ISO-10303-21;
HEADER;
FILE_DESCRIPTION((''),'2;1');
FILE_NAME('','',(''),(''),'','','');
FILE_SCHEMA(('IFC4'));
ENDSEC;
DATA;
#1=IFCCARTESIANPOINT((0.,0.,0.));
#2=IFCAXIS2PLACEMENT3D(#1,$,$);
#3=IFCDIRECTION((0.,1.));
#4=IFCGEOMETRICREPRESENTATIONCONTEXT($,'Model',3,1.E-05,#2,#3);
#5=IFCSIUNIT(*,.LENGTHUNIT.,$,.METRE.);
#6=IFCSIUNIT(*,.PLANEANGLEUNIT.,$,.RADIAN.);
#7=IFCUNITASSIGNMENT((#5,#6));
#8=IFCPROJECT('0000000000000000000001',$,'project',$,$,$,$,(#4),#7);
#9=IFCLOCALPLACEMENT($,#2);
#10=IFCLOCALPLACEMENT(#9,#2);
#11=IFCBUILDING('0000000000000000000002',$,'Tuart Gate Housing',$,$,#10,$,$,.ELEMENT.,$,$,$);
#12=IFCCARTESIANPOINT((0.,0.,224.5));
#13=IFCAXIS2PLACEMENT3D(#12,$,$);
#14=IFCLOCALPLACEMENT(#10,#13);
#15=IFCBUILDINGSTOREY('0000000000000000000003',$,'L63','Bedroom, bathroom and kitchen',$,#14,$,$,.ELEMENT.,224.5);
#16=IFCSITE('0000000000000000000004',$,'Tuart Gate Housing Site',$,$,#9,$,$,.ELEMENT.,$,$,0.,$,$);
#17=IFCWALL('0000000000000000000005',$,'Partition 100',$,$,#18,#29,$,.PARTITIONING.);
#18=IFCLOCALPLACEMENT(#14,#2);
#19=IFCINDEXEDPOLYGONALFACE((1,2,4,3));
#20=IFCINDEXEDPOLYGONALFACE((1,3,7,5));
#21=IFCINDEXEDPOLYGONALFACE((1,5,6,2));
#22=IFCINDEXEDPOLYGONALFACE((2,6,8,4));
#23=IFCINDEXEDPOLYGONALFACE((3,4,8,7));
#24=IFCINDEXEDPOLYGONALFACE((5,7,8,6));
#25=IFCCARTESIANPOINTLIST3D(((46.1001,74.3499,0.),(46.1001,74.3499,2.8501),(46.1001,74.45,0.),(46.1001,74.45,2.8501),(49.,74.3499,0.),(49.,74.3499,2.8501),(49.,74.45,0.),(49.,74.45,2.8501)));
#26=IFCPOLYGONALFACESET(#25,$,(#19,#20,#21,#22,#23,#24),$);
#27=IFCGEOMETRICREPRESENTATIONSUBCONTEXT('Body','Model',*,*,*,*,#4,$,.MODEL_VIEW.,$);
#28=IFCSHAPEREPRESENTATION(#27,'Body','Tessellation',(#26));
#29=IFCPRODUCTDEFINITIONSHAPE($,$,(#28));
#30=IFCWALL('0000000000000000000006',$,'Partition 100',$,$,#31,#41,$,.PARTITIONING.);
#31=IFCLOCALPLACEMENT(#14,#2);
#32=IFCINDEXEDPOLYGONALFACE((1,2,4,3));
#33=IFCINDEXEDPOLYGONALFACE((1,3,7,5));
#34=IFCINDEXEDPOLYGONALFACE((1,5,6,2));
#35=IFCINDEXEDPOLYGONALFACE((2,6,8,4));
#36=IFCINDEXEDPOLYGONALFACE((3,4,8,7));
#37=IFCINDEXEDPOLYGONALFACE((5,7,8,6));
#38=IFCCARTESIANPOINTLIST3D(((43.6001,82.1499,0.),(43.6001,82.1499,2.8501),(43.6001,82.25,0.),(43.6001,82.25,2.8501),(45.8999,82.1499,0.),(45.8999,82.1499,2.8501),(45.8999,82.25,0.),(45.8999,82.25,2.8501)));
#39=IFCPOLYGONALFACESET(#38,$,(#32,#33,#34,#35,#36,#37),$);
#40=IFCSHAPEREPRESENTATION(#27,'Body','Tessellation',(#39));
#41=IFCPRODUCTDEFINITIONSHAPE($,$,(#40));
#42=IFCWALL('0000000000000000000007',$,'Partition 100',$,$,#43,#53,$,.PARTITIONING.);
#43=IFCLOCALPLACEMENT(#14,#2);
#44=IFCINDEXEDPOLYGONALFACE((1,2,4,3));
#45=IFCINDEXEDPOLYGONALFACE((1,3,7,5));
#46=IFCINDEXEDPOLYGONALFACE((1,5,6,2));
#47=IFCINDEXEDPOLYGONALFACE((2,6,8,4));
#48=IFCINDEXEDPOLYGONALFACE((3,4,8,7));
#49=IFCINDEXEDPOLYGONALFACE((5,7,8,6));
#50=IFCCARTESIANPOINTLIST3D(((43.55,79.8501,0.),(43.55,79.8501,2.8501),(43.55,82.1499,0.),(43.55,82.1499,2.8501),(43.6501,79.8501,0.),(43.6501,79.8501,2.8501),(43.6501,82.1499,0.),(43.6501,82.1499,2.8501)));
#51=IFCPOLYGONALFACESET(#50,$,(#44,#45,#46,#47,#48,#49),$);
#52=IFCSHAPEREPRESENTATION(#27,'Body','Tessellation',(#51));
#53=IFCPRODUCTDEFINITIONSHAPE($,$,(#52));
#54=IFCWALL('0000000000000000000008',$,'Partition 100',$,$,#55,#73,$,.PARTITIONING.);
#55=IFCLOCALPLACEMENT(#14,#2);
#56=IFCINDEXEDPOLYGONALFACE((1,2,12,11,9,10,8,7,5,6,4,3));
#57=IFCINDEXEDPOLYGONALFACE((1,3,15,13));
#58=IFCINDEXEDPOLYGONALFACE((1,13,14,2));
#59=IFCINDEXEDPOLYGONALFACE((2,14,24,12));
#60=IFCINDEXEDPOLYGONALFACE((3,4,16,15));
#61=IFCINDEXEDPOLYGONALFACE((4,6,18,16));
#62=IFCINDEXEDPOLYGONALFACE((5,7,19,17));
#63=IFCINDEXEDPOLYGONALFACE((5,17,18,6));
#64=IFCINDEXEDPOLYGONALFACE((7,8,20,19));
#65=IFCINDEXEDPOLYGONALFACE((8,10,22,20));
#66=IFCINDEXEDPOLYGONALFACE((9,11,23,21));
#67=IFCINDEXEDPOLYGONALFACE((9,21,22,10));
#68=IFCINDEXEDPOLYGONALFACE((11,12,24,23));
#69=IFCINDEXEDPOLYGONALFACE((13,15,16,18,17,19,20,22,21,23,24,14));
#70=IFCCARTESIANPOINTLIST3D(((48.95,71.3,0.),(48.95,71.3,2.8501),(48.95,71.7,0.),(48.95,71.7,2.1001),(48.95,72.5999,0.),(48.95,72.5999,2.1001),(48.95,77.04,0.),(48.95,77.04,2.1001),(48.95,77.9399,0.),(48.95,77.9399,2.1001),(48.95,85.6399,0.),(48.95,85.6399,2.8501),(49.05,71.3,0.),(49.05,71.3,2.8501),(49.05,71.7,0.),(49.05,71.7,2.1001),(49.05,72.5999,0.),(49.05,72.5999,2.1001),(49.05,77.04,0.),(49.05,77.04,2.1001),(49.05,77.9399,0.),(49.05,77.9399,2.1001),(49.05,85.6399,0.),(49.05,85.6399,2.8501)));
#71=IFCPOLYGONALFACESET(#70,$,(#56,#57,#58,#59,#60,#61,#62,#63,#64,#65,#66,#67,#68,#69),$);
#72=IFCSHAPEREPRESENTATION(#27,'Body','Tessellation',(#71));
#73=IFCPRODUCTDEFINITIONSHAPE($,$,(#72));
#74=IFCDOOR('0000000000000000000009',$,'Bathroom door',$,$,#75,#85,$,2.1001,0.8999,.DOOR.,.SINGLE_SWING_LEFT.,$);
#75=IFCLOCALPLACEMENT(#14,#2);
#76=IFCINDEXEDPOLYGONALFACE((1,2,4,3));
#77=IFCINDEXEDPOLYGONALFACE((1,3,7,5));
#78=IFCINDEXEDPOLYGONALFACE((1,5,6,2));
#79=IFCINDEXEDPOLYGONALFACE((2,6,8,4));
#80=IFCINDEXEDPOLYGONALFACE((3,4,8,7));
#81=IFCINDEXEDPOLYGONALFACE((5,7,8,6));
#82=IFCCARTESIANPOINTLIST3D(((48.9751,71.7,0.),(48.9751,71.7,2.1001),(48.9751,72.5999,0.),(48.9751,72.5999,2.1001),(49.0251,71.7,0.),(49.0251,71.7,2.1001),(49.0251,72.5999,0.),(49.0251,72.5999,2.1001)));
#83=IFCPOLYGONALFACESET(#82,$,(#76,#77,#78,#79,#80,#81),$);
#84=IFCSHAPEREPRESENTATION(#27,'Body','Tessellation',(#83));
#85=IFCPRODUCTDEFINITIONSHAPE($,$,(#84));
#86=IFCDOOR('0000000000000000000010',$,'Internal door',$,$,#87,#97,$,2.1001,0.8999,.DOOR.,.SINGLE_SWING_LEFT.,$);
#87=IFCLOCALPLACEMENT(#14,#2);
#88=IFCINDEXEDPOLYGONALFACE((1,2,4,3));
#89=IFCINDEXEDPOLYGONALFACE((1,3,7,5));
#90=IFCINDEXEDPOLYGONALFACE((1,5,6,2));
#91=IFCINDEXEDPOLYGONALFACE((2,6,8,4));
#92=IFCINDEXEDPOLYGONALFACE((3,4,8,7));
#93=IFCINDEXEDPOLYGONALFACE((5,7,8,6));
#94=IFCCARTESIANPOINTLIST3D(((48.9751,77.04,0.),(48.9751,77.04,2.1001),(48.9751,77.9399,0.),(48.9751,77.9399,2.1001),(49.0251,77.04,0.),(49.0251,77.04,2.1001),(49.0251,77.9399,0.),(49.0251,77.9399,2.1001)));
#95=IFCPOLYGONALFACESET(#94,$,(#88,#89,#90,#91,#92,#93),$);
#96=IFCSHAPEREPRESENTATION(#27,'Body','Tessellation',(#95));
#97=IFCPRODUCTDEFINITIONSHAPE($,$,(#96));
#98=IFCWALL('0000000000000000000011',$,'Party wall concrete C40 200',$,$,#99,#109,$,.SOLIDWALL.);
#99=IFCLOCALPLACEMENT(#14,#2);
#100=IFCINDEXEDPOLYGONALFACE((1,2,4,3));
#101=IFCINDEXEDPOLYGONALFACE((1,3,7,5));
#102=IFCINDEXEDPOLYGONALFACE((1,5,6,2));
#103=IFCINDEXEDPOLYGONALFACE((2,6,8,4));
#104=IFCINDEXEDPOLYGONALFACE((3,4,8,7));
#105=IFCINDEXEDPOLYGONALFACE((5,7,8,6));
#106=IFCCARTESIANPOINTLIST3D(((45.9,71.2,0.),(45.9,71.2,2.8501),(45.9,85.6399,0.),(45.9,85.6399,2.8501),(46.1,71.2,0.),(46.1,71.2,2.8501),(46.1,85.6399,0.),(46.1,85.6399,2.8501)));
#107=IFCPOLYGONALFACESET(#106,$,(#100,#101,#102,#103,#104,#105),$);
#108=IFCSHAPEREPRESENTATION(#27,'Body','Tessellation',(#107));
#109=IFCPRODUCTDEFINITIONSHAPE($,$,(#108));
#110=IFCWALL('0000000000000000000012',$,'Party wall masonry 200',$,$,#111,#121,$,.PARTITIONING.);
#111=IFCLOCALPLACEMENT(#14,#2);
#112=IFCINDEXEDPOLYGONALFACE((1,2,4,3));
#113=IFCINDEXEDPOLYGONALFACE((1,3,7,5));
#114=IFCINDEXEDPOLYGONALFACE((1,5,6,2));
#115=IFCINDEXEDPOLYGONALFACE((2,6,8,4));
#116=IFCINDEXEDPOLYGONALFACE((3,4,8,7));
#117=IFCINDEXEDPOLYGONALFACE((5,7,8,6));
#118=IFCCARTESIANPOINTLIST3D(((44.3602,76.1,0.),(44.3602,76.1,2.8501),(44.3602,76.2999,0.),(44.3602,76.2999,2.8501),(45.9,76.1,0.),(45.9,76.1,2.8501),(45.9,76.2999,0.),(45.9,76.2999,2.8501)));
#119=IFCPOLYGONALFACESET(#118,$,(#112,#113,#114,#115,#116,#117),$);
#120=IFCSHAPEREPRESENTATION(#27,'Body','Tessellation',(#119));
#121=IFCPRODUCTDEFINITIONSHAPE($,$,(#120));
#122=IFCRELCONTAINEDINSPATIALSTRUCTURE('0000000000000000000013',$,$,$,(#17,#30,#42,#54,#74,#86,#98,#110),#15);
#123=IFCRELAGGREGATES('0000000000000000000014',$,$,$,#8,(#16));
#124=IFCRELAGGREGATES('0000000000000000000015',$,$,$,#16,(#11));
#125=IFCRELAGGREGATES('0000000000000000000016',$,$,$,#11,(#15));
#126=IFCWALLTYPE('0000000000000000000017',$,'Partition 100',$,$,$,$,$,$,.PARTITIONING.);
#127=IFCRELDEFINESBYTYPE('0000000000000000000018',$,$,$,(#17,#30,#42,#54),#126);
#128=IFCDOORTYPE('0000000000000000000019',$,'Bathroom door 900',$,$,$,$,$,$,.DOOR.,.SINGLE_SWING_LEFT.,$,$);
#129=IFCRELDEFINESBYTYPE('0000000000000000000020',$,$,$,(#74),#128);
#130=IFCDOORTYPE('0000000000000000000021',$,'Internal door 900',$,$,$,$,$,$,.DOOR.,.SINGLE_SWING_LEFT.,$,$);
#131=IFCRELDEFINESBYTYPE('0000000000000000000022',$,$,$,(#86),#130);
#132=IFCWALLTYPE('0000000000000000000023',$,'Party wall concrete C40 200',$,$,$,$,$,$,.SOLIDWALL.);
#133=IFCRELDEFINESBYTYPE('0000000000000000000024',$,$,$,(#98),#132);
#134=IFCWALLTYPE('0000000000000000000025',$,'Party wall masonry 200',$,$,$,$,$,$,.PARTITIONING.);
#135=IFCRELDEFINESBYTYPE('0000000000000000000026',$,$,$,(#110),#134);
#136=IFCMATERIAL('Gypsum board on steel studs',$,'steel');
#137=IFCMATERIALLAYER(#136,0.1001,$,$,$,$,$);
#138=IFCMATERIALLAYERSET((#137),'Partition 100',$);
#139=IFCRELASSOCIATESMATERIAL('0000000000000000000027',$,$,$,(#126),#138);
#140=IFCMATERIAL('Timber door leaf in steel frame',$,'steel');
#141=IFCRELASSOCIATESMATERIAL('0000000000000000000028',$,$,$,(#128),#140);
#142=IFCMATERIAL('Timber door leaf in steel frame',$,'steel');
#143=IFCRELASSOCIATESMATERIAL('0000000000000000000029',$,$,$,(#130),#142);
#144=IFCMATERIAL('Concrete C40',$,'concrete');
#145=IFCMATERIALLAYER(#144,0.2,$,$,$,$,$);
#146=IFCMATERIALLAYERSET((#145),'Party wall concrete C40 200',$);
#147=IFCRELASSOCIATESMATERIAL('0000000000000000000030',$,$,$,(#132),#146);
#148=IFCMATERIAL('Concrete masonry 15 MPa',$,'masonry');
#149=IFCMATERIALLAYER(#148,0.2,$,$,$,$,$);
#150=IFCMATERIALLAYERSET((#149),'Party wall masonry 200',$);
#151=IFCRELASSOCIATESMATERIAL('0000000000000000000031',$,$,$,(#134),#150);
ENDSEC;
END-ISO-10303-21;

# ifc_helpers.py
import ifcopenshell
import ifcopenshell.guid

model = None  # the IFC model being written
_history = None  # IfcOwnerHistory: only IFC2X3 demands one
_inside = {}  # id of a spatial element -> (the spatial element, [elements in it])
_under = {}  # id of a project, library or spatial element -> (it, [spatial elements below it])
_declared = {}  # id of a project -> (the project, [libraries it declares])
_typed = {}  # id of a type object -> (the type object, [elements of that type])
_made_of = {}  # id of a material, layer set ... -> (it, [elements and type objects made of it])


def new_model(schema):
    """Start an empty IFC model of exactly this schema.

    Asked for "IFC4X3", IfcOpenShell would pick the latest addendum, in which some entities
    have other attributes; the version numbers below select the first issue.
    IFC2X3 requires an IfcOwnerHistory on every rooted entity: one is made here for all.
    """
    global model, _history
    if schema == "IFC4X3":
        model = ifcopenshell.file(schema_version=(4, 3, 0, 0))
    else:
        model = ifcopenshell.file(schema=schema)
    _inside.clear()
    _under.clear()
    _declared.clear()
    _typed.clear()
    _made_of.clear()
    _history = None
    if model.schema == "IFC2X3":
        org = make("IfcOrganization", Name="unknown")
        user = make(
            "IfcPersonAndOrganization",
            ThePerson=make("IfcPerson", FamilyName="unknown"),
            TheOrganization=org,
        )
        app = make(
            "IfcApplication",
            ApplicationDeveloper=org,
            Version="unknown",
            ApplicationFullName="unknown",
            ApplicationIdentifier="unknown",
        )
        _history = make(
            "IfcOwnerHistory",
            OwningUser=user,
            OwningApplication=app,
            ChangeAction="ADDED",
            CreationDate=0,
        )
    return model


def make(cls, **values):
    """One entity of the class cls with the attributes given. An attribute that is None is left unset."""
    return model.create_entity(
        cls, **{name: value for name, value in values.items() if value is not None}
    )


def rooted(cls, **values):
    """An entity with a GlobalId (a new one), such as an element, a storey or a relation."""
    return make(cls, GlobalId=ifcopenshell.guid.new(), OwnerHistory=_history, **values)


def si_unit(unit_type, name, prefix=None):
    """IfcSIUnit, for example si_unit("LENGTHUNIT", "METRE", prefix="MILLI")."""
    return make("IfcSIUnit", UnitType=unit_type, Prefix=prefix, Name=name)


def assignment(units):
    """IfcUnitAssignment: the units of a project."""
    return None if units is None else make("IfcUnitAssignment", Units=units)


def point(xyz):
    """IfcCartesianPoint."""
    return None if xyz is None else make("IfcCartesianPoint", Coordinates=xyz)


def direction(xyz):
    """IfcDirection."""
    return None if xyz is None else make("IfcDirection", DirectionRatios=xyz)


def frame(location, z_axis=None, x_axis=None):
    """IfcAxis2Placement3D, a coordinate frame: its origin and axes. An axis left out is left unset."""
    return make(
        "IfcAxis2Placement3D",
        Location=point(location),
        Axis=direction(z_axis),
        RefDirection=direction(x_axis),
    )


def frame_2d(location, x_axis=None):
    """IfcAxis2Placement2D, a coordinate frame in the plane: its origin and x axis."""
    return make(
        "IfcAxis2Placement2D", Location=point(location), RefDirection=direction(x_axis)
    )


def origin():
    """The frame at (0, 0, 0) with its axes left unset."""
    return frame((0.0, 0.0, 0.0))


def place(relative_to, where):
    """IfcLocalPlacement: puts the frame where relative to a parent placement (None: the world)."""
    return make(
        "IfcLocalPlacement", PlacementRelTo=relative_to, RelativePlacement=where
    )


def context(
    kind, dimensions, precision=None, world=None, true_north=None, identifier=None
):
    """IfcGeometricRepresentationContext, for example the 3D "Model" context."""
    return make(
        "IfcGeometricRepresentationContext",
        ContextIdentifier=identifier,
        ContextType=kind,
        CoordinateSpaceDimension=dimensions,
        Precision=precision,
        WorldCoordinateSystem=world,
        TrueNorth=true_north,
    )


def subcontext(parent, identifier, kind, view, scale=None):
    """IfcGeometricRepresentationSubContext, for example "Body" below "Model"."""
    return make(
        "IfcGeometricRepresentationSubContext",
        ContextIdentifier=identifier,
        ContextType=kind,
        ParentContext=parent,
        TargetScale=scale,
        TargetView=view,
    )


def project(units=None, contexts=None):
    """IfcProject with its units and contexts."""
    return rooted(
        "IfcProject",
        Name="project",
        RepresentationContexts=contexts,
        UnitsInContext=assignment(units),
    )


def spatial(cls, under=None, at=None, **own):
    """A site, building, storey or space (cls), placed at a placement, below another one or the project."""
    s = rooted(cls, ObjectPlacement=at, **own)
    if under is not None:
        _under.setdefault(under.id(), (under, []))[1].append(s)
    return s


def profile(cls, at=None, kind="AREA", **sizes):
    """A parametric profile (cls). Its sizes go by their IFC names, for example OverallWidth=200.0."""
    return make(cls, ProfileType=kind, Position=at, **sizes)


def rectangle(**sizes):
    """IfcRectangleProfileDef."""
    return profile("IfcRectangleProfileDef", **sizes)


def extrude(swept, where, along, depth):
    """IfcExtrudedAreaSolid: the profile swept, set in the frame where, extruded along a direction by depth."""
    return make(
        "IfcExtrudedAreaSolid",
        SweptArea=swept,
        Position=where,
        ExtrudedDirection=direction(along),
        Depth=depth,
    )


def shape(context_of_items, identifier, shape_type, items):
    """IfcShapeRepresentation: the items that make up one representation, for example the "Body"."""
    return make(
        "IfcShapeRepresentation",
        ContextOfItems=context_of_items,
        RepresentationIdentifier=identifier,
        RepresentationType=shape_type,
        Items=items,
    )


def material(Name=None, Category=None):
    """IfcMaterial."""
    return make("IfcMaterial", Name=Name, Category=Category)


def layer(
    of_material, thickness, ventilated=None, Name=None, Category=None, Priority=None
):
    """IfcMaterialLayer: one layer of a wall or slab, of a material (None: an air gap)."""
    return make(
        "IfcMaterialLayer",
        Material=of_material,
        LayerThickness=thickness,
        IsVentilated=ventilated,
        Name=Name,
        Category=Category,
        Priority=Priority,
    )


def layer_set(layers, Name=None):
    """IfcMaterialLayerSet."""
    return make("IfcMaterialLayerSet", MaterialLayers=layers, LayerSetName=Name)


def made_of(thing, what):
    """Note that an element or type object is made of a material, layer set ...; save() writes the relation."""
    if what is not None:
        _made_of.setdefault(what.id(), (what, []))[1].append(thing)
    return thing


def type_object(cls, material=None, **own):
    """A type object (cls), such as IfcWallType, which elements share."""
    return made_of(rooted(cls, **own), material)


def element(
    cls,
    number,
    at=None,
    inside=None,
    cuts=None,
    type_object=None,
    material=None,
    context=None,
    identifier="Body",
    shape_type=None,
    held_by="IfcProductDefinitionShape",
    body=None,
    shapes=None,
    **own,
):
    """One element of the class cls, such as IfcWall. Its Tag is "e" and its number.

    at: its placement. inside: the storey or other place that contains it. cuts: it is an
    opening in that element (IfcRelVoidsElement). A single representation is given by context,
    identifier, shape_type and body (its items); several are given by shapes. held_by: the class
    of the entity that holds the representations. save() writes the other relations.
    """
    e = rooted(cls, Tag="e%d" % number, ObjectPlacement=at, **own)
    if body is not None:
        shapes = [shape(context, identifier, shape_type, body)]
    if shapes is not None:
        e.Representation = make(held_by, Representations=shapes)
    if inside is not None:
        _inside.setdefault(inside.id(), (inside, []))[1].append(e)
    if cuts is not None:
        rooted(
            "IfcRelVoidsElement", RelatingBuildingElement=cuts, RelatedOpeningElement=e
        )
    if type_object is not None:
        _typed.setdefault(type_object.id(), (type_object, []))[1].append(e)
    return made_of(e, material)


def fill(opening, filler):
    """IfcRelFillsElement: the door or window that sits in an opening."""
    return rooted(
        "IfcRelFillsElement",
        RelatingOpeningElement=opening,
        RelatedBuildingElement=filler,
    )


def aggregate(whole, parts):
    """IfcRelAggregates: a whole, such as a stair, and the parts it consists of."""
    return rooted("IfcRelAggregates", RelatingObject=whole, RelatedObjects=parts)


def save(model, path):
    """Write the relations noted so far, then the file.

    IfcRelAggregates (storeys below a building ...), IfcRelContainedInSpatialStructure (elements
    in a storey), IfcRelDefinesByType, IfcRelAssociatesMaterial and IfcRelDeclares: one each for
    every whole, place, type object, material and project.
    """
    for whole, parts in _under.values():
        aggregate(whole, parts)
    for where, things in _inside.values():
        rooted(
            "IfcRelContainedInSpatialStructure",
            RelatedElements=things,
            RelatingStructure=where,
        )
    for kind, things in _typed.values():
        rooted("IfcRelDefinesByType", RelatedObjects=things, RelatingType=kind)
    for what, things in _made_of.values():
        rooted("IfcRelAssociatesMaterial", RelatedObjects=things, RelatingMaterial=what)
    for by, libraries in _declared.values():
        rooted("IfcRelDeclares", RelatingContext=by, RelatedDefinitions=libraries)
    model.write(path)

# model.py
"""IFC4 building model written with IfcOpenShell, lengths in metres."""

from ifc_helpers import new_model, si_unit, direction, frame, frame_2d, origin, place, context, subcontext, project, spatial, rectangle, extrude, material, layer, layer_set, type_object, element, fill, save


model = new_model("IFC4")

# Units and contexts
model_context = context("Model", 3, precision=1e-05, world=origin(), true_north=direction((0.0, 1.0)))
body_context = subcontext(model_context, "Body", "Model", "MODEL_VIEW")
ifc_project = project(units=[si_unit("LENGTHUNIT", "METRE"), si_unit("PLANEANGLEUNIT", "RADIAN")], contexts=[model_context])

# Site, building, storey
site_placement = place(None, origin())
site = spatial("IfcSite", under=ifc_project, at=site_placement, Name="Tuart Gate Housing Site", CompositionType="ELEMENT", RefElevation=0.0)
building_placement = place(site_placement, origin())
building = spatial("IfcBuilding", under=site, at=building_placement, Name="Tuart Gate Housing", CompositionType="ELEMENT")
storey_placement = place(building_placement, frame((0.0, 0.0, 224.5)))
storey = spatial("IfcBuildingStorey", under=building, at=storey_placement, Name="L63", Description="Bedroom, bathroom and kitchen", CompositionType="ELEMENT", Elevation=224.5)

# Walls
ifc_material_1 = material(Name="Gypsum board on steel studs", Category="steel")
ifc_layer_1 = layer(ifc_material_1, 0.1001)
ifc_layer_set_1 = layer_set([ifc_layer_1], Name="Partition 100")
wall_type_1 = type_object("IfcWallType", Name="Partition 100", PredefinedType="PARTITIONING", material=ifc_layer_set_1)
for number, where, z_axis, x_axis, name in (
    (1, (46.1001, 74.3999, 0.0), (0.0, 0.0, 1.0), (1.0, 0.0, 0.0), "Partition 100"),
):
    element("IfcWall", number, at=place(storey_placement, frame(where, z_axis=z_axis, x_axis=x_axis)), inside=storey, type_object=wall_type_1, Name=name, PredefinedType="PARTITIONING", context=body_context, shape_type="SweptSolid", body=[
        extrude(rectangle(XDim=2.8999, YDim=0.1001, at=frame_2d((1.45, 0.0))), origin(), (0.0, 0.0, 1.0), 2.8501),
    ])
for number, where, z_axis, x_axis, name in (
    (2, (43.6001, 82.2, 0.0), (0.0, 0.0, 1.0), (1.0, 0.0, 0.0), "Partition 100"),
    (3, (43.6001, 79.8501, 0.0), (0.0, 0.0, 1.0), (0.0, 1.0, 0.0), "Partition 100"),
):
    element("IfcWall", number, at=place(storey_placement, frame(where, z_axis=z_axis, x_axis=x_axis)), inside=storey, type_object=wall_type_1, Name=name, PredefinedType="PARTITIONING", context=body_context, shape_type="SweptSolid", body=[
        extrude(rectangle(XDim=2.2998, YDim=0.1001, at=frame_2d((1.1499, 0.0))), origin(), (0.0, 0.0, 1.0), 2.8501),
    ])

# Wall, openings, doors
wall_1_placement = place(storey_placement, frame((49.0, 71.3, 0.0), z_axis=(0.0, 0.0, 1.0), x_axis=(0.0, 1.0, 0.0)))
wall_1 = element("IfcWall", 4, at=wall_1_placement, inside=storey, type_object=wall_type_1, Name="Partition 100", PredefinedType="PARTITIONING", context=body_context, shape_type="SweptSolid", body=[
    extrude(rectangle(XDim=14.3398, YDim=0.1001, at=frame_2d((7.1699, 0.0))), origin(), (0.0, 0.0, 1.0), 2.8501),
])
opening_1_placement = place(wall_1_placement, frame((5.74, 0.0, 0.0)))
opening_1 = element("IfcOpeningElement", 5, at=opening_1_placement, cuts=wall_1, PredefinedType="OPENING", context=body_context, shape_type="SweptSolid", body=[
    extrude(rectangle(XDim=0.8999, YDim=2.1001, at=frame_2d((0.45, 1.05))), frame((0.0, 0.0601, 0.0), z_axis=(0.0, -1.0, 0.0), x_axis=(1.0, 0.0, 0.0)), (0.0, 0.0, 1.0), 0.1201),
])
opening_2_placement = place(wall_1_placement, frame((0.3999, 0.0, 0.0)))
opening_2 = element("IfcOpeningElement", 6, at=opening_2_placement, cuts=wall_1, PredefinedType="OPENING", context=body_context, shape_type="SweptSolid", body=[
    extrude(rectangle(XDim=0.8999, YDim=2.1001, at=frame_2d((0.45, 1.05))), frame((0.0, 0.0601, 0.0), z_axis=(0.0, -1.0, 0.0), x_axis=(1.0, 0.0, 0.0)), (0.0, 0.0, 1.0), 0.1201),
])
ifc_material_2 = material(Name="Timber door leaf in steel frame", Category="steel")
door_type_1 = type_object("IfcDoorType", Name="Bathroom door 900", OperationType="SINGLE_SWING_LEFT", PredefinedType="DOOR", material=ifc_material_2)
door_1_placement = place(opening_2_placement, origin())
door_1 = element("IfcDoor", 7, at=door_1_placement, inside=storey, type_object=door_type_1, Name="Bathroom door", OperationType="SINGLE_SWING_LEFT", OverallHeight=2.1001, OverallWidth=0.8999, PredefinedType="DOOR", context=body_context, shape_type="SweptSolid", body=[
    extrude(rectangle(XDim=0.8999, YDim=2.1001, at=frame_2d((0.45, 1.05))), frame((0.0, 0.0249, 0.0), z_axis=(0.0, -1.0, 0.0), x_axis=(1.0, 0.0, 0.0)), (0.0, 0.0, 1.0), 0.05),
])
fill(opening_2, door_1)
ifc_material_3 = material(Name="Timber door leaf in steel frame", Category="steel")
door_type_2 = type_object("IfcDoorType", Name="Internal door 900", OperationType="SINGLE_SWING_LEFT", PredefinedType="DOOR", material=ifc_material_3)
door_2_placement = place(opening_1_placement, origin())
door_2 = element("IfcDoor", 8, at=door_2_placement, inside=storey, type_object=door_type_2, Name="Internal door", OperationType="SINGLE_SWING_LEFT", OverallHeight=2.1001, OverallWidth=0.8999, PredefinedType="DOOR", context=body_context, shape_type="SweptSolid", body=[
    extrude(rectangle(XDim=0.8999, YDim=2.1001, at=frame_2d((0.45, 1.05))), frame((0.0, 0.0249, 0.0), z_axis=(0.0, -1.0, 0.0), x_axis=(1.0, 0.0, 0.0)), (0.0, 0.0, 1.0), 0.05),
])
fill(opening_1, door_2)

# Walls
ifc_material_4 = material(Name="Concrete C40", Category="concrete")
ifc_layer_2 = layer(ifc_material_4, 0.2)
ifc_layer_set_2 = layer_set([ifc_layer_2], Name="Party wall concrete C40 200")
wall_type_2 = type_object("IfcWallType", Name="Party wall concrete C40 200", PredefinedType="SOLIDWALL", material=ifc_layer_set_2)
wall_2_placement = place(storey_placement, frame((46.0, 71.2, 0.0), z_axis=(0.0, 0.0, 1.0), x_axis=(0.0, 1.0, 0.0)))
element("IfcWall", 9, at=wall_2_placement, inside=storey, type_object=wall_type_2, Name="Party wall concrete C40 200", PredefinedType="SOLIDWALL", context=body_context, shape_type="SweptSolid", body=[
    extrude(rectangle(XDim=14.4399, YDim=0.2, at=frame_2d((7.22, 0.0))), origin(), (0.0, 0.0, 1.0), 2.8501),
])
ifc_material_5 = material(Name="Concrete masonry 15 MPa", Category="masonry")
ifc_layer_3 = layer(ifc_material_5, 0.2)
ifc_layer_set_3 = layer_set([ifc_layer_3], Name="Party wall masonry 200")
wall_type_3 = type_object("IfcWallType", Name="Party wall masonry 200", PredefinedType="PARTITIONING", material=ifc_layer_set_3)
wall_3_placement = place(storey_placement, frame((44.3601, 76.2, 0.0), z_axis=(0.0, 0.0, 1.0), x_axis=(1.0, 0.0, 0.0)))
element("IfcWall", 10, at=wall_3_placement, inside=storey, type_object=wall_type_3, Name="Party wall masonry 200", PredefinedType="PARTITIONING", context=body_context, shape_type="SweptSolid", body=[
    extrude(rectangle(XDim=1.5398, YDim=0.2, at=frame_2d((0.77, 0.0))), origin(), (0.0, 0.0, 1.0), 2.8501),
])

save(model, "model.ifc")
